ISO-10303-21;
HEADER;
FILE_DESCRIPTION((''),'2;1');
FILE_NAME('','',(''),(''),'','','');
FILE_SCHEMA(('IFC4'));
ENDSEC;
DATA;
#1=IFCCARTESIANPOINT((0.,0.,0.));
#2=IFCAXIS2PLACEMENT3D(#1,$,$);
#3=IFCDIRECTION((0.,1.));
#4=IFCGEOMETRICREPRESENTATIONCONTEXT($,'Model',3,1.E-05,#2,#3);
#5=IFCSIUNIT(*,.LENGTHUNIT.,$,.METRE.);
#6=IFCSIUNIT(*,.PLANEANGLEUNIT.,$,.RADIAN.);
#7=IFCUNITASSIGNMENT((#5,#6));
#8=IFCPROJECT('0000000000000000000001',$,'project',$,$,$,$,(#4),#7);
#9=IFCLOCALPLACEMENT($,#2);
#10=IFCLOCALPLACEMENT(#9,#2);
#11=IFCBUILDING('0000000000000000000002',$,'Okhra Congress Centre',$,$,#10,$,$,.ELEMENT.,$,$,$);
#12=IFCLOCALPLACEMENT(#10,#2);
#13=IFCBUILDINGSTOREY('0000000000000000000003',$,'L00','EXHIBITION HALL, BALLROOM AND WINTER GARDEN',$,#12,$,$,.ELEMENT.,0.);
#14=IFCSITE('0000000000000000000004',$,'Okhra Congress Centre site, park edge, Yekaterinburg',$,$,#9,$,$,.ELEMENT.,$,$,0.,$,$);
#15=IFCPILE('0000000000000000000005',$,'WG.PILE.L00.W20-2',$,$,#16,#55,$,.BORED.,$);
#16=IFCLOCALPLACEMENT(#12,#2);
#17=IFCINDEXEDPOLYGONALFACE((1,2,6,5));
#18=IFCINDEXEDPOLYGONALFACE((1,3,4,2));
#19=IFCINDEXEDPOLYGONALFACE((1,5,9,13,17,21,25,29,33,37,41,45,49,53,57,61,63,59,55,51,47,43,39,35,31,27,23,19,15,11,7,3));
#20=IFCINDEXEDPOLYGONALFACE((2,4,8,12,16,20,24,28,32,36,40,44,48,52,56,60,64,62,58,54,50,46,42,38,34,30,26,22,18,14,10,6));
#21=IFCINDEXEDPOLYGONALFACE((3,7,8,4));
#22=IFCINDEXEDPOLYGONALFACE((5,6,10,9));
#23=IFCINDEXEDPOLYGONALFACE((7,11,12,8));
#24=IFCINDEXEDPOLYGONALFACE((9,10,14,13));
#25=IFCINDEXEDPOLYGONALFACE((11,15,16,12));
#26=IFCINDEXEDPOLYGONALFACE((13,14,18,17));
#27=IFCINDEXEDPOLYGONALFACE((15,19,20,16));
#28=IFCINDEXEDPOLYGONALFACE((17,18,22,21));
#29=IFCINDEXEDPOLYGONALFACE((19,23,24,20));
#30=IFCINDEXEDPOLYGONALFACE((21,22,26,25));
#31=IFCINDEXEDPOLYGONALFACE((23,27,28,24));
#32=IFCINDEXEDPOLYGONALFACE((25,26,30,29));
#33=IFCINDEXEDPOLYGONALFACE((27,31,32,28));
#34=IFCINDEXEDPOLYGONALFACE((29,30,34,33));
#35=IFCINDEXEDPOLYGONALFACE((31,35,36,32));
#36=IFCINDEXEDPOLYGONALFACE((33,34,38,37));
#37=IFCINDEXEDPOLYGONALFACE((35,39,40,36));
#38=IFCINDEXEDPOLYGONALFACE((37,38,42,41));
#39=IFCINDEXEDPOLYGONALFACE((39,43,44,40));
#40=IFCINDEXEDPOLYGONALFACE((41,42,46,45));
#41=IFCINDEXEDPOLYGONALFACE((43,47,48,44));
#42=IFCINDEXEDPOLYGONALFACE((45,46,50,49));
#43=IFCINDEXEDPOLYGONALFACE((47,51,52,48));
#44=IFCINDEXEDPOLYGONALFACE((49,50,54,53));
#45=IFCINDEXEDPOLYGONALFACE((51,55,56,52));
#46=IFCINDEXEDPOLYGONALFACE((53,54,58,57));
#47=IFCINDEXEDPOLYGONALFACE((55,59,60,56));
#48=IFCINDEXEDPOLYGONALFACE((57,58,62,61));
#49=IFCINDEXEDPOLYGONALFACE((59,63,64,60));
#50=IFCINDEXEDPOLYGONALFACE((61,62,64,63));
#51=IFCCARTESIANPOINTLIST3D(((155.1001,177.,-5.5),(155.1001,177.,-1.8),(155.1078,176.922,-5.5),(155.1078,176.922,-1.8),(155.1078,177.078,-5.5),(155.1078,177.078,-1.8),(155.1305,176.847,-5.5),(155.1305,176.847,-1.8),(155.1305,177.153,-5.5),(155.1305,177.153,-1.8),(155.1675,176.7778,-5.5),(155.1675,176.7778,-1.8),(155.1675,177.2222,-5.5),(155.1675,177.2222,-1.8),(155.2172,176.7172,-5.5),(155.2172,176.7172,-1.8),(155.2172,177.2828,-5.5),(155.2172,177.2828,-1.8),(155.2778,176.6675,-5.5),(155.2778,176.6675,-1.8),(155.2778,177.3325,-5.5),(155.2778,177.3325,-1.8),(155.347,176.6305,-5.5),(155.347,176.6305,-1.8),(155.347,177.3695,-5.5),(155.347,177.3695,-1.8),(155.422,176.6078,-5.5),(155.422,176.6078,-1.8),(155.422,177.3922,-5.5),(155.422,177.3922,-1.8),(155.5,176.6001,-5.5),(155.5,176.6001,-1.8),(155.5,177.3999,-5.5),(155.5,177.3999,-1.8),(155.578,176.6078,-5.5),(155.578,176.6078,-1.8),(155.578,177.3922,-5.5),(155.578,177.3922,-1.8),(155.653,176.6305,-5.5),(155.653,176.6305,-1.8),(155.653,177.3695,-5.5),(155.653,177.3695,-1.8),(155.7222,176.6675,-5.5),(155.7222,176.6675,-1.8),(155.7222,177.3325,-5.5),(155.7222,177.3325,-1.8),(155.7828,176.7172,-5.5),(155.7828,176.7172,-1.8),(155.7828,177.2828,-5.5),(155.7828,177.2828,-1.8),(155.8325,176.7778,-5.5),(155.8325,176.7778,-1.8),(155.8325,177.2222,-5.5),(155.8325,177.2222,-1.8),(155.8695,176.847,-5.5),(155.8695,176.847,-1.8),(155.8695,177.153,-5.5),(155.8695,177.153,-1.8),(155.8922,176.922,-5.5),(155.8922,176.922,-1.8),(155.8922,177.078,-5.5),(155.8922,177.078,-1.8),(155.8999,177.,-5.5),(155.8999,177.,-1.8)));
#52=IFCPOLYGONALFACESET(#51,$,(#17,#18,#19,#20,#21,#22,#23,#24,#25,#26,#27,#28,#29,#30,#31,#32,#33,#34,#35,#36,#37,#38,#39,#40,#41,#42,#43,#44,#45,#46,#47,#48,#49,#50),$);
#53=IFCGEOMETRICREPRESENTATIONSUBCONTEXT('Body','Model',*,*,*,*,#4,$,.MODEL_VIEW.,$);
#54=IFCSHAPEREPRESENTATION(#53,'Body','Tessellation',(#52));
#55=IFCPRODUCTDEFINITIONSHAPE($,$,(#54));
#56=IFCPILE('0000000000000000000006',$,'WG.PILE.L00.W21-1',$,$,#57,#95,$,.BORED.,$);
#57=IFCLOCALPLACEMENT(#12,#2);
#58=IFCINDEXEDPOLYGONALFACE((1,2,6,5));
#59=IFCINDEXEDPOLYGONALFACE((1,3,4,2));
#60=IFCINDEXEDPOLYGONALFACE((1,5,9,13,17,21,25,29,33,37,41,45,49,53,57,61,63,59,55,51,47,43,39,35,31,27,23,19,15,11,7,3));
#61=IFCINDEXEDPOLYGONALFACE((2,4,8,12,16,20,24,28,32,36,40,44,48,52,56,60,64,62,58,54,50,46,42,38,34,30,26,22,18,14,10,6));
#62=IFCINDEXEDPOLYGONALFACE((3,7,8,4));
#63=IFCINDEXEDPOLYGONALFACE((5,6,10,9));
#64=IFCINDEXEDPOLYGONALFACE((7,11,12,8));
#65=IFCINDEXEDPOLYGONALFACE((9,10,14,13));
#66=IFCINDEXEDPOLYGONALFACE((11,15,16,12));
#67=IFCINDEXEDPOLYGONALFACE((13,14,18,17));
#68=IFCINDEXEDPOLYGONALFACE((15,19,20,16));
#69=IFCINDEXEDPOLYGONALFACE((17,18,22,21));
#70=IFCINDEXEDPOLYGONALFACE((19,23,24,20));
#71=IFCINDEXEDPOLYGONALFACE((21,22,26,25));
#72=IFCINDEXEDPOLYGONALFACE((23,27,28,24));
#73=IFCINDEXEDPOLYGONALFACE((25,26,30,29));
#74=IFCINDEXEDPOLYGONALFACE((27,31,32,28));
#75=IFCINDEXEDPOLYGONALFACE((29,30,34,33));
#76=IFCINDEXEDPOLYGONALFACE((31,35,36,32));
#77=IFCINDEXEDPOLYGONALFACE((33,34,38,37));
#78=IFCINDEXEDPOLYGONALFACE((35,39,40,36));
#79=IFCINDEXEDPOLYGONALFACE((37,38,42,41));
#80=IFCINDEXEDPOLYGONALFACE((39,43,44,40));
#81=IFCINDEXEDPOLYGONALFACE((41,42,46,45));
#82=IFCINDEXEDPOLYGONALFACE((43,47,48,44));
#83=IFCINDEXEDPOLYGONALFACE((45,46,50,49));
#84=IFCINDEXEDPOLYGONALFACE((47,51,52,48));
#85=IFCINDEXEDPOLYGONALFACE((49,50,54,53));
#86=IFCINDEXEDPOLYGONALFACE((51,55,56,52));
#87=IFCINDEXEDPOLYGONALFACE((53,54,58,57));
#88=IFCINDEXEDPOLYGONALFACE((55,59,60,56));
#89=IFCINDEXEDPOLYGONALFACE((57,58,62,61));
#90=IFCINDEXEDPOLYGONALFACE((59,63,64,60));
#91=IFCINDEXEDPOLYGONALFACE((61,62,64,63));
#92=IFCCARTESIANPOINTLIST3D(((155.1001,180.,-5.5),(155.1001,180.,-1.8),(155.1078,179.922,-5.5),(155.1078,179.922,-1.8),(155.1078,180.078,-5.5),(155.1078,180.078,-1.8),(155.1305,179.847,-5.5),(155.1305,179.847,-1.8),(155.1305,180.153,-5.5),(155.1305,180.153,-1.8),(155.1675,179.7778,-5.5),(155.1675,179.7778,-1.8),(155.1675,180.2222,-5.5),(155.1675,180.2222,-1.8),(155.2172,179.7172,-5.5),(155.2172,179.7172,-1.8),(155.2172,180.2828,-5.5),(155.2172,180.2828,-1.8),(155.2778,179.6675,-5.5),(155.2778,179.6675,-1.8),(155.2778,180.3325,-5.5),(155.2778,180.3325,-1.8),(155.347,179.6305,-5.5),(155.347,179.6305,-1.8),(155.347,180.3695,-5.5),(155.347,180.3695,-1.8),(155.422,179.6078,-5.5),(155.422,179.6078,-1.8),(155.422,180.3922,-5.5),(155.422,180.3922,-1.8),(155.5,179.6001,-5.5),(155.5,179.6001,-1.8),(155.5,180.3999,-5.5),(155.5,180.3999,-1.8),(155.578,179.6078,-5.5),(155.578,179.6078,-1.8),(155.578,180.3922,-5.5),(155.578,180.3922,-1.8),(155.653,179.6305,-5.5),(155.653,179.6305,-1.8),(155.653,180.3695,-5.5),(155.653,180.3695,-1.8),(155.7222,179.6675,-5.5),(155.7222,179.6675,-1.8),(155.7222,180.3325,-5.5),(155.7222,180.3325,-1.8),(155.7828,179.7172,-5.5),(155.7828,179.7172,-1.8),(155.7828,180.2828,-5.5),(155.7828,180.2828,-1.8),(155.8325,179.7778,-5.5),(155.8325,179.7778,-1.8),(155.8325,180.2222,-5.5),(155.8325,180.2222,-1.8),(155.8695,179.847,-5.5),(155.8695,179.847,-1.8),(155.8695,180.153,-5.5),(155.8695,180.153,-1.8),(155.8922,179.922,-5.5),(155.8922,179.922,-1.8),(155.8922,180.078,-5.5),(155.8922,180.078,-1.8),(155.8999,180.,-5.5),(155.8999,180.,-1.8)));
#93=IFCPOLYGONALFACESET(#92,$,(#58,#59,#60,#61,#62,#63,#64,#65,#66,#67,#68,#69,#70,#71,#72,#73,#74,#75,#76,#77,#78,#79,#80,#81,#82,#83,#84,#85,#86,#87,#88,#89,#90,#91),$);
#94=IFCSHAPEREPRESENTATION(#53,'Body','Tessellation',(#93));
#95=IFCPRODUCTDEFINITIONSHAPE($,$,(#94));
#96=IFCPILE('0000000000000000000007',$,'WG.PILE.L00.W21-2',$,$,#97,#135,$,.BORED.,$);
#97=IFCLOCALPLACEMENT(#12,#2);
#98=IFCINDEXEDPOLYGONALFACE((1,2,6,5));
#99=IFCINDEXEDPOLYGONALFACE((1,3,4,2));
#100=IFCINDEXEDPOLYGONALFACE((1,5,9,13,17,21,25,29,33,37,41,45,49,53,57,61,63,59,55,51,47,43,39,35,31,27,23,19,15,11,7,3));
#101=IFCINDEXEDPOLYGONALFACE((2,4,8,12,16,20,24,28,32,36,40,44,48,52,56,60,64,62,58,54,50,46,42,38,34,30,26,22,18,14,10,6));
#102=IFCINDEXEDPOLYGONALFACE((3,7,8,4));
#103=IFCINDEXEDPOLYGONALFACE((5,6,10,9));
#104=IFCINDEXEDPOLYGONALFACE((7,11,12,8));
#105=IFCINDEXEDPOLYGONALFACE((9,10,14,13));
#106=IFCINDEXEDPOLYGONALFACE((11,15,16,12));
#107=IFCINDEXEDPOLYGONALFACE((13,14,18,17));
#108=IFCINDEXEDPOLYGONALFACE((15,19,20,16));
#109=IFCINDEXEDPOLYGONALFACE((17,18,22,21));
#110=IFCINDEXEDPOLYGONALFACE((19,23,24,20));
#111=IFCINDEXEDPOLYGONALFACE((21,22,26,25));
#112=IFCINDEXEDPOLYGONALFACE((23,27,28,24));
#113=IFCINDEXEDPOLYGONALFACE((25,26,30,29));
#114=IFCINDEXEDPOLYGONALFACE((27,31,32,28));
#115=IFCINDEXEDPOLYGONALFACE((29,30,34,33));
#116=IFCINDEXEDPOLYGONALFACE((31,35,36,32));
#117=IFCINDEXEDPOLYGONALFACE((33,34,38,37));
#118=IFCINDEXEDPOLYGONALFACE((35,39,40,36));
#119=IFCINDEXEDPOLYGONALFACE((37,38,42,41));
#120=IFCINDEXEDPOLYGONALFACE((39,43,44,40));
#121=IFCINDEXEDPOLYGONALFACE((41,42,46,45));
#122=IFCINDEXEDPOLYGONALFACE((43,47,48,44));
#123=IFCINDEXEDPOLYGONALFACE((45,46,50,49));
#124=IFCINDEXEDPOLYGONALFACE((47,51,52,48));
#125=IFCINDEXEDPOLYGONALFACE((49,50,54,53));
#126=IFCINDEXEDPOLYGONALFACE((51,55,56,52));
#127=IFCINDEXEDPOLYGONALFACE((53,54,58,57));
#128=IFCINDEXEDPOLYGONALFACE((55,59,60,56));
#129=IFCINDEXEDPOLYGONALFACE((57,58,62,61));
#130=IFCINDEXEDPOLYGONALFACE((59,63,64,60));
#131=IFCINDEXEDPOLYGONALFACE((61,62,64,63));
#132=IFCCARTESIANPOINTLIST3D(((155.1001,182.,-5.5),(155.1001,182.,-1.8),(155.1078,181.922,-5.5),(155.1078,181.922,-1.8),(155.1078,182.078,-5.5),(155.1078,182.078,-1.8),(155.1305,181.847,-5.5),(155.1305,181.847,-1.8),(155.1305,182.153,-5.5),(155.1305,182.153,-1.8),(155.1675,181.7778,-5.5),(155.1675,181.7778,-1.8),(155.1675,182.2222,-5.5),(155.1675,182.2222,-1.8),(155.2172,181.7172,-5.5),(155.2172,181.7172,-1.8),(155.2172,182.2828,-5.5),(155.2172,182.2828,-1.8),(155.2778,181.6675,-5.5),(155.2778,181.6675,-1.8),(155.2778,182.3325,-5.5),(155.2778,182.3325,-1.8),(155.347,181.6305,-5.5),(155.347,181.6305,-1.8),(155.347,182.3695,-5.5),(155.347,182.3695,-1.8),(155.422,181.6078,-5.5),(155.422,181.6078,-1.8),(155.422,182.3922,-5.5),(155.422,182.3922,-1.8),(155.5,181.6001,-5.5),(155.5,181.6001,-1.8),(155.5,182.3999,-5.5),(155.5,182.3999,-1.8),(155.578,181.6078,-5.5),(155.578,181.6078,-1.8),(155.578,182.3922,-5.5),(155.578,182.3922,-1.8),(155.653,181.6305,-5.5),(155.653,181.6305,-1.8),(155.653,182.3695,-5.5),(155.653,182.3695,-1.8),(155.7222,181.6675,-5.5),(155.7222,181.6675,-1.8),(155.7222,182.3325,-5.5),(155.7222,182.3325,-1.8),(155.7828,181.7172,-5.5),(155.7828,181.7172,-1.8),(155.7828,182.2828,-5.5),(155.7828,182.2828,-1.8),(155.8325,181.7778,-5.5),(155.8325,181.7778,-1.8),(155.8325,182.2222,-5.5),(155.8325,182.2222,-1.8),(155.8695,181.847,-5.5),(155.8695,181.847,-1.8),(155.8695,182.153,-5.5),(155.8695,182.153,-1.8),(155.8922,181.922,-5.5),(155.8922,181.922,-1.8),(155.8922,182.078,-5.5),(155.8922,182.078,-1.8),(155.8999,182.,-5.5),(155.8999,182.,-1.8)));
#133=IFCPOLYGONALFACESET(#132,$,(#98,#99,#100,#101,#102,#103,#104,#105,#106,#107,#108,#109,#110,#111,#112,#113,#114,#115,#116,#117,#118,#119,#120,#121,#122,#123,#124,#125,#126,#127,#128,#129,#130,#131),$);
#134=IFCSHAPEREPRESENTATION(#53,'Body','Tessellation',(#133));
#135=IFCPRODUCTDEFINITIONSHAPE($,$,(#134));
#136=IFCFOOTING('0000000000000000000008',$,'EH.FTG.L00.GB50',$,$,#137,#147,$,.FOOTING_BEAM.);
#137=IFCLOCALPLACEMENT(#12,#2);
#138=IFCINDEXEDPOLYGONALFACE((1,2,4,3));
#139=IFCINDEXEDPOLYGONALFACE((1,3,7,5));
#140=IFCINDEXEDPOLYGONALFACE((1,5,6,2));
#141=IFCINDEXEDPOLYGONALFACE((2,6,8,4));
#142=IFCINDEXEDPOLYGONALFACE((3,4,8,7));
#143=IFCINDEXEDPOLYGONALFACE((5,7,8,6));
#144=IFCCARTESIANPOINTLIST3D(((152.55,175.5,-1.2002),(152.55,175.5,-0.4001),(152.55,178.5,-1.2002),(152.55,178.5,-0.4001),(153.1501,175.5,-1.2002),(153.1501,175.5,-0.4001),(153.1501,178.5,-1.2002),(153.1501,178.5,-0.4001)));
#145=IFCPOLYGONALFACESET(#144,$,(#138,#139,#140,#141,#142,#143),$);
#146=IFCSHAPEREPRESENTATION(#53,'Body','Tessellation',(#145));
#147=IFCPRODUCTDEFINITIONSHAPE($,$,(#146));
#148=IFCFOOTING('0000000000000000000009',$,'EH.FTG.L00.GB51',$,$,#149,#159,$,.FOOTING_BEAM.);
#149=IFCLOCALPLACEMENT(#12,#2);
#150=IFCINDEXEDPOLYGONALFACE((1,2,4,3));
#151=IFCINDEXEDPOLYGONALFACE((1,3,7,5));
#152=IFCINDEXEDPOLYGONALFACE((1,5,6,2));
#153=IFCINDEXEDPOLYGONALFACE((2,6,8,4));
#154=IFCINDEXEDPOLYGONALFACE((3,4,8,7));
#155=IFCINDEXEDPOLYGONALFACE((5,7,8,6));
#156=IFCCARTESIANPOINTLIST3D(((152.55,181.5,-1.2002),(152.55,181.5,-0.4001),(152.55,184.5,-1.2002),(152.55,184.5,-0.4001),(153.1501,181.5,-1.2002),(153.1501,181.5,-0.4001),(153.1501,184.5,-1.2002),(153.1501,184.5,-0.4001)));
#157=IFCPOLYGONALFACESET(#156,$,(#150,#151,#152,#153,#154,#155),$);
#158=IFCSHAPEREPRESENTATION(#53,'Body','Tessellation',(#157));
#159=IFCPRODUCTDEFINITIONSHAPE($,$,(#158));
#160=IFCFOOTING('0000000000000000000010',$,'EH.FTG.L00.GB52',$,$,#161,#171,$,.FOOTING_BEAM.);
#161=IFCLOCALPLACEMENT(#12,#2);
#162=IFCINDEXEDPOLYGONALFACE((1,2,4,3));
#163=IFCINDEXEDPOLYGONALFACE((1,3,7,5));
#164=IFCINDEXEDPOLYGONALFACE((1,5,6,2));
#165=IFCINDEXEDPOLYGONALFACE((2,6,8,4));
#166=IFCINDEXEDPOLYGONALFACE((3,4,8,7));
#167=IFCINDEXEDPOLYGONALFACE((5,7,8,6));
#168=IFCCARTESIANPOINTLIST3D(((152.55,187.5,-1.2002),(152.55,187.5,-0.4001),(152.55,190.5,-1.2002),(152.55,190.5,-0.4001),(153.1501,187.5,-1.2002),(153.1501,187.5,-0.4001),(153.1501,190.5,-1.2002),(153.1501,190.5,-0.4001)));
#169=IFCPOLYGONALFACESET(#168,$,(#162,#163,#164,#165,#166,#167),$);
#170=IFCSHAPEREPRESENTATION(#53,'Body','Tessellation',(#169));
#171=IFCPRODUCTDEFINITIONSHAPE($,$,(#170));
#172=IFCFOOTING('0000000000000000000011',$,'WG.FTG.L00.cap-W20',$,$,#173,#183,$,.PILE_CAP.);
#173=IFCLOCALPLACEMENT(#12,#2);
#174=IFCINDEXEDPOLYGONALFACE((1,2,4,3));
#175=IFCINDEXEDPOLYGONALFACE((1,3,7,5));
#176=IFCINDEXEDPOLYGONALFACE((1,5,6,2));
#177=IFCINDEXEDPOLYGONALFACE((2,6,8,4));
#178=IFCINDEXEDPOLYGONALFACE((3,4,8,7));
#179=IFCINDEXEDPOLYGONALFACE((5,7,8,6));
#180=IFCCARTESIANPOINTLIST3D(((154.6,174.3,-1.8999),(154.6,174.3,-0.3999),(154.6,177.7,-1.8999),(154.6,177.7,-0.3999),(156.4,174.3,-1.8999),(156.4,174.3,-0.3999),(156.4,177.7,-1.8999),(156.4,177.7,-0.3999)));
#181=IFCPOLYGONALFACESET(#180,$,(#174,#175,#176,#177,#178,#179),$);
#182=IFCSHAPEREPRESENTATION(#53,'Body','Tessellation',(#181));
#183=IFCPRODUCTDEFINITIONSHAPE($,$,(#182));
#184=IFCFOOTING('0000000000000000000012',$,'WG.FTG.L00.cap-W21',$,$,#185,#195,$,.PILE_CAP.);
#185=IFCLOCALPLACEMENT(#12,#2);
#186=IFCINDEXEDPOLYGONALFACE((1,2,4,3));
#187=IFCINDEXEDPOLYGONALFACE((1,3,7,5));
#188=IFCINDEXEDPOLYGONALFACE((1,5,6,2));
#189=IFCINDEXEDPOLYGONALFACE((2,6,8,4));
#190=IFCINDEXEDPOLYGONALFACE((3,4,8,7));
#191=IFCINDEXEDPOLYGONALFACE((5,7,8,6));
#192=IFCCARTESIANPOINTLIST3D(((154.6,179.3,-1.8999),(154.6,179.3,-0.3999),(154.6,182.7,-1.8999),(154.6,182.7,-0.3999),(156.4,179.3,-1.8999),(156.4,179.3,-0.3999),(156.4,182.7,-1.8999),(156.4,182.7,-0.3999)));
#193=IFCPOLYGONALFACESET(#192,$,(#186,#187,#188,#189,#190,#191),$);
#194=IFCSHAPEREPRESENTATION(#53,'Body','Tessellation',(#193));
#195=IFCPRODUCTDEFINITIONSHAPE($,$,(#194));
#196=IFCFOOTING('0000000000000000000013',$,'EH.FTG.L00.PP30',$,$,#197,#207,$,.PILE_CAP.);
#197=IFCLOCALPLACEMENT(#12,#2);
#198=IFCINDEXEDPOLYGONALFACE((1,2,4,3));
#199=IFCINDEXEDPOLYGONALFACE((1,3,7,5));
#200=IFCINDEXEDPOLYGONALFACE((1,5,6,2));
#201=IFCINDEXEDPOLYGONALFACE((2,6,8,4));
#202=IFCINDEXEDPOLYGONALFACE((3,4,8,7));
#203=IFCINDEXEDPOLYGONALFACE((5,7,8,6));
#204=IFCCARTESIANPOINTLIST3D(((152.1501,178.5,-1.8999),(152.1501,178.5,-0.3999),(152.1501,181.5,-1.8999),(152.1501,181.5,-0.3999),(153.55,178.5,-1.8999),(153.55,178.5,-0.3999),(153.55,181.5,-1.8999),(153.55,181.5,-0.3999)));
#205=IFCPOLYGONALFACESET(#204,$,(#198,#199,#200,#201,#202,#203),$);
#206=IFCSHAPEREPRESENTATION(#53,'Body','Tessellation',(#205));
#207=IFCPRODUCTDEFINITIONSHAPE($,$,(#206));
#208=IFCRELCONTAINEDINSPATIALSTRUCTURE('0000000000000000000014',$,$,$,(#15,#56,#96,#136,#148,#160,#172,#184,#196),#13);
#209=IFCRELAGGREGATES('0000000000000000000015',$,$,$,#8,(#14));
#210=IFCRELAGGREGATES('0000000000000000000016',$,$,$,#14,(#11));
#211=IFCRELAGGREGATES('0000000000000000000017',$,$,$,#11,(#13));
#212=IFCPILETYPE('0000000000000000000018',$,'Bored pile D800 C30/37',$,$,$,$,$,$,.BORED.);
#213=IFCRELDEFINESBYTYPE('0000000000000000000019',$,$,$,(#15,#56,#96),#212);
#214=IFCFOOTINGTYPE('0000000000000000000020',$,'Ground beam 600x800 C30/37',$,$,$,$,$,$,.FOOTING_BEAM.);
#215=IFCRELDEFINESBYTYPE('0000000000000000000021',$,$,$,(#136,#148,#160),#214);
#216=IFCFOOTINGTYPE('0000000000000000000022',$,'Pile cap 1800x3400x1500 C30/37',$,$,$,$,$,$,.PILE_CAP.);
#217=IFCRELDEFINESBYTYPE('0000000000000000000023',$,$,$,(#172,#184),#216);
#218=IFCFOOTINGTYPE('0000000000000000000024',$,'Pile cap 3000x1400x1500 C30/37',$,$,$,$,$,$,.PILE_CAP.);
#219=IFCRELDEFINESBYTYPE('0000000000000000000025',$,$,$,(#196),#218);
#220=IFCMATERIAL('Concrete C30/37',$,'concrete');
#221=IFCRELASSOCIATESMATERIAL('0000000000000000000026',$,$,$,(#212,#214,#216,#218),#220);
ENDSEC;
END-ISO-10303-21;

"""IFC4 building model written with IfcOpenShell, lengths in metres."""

from ifc_helpers import new_model, si_unit, direction, frame, origin, origin_2d, place, context, subcontext, project, spatial, rectangle, circle, extrude, material, material_profile, profile_set, type_object, element, save


model = new_model("IFC4")

# Units and contexts
model_context = context("Model", 3, precision=1e-05, world=origin(), true_north=direction((0.0, 1.0)))
body_context = subcontext(model_context, "Body", "Model", "MODEL_VIEW")
ifc_project = project(units=[si_unit("LENGTHUNIT", "METRE"), si_unit("PLANEANGLEUNIT", "RADIAN")], contexts=[model_context])

# Site, building, storey
site_placement = place(None, origin())
site = spatial("IfcSite", under=ifc_project, at=site_placement, Name="Okhra Congress Centre site, park edge, Yekaterinburg", CompositionType="ELEMENT", RefElevation=0.0)
building_placement = place(site_placement, origin())
building = spatial("IfcBuilding", under=site, at=building_placement, Name="Okhra Congress Centre", CompositionType="ELEMENT")
storey_placement = place(building_placement, origin())
storey = spatial("IfcBuildingStorey", under=building, at=storey_placement, Name="L00", Description="EXHIBITION HALL, BALLROOM AND WINTER GARDEN", CompositionType="ELEMENT", Elevation=0.0)

# Piles
ifc_material_1 = material(Name="Concrete C30/37", Category="concrete")
ifc_material_profile_1 = material_profile(ifc_material_1, circle(Radius=0.3999, at=origin_2d()), Name="D800")
ifc_profile_set_1 = profile_set([ifc_material_profile_1], Name="Concrete C30/37")
pile_type_1 = type_object("IfcPileType", Name="Bored pile D800 C30/37", PredefinedType="BORED", material=ifc_profile_set_1)
for number, where, z_axis, x_axis, name in (
    (1, (155.5, 177.0, -1.8), (0.0, 0.0, -1.0), (1.0, 0.0, 0.0), "WG.PILE.L00.W20-2"),
    (2, (155.5, 180.0, -1.8), (0.0, 0.0, -1.0), (1.0, 0.0, 0.0), "WG.PILE.L00.W21-1"),
    (3, (155.5, 182.0, -1.8), (0.0, 0.0, -1.0), (1.0, 0.0, 0.0), "WG.PILE.L00.W21-2"),
):
    element("IfcPile", number, at=place(storey_placement, frame(where, z_axis=z_axis, x_axis=x_axis)), inside=storey, type_object=pile_type_1, Name=name, PredefinedType="BORED", context=body_context, shape_type="SweptSolid", body=[
        extrude(circle(Radius=0.3999, at=origin_2d()), origin(), (0.0, 0.0, 1.0), 3.7),
    ])

# Footings
footing_type_1 = type_object("IfcFootingType", Name="Ground beam 600x800 C30/37", PredefinedType="FOOTING_BEAM", material=ifc_material_1)
for number, where, z_axis, x_axis, name in (
    (4, (152.8501, 177.0, -1.2002), (0.0, 0.0, 1.0), (0.0, 1.0, 0.0), "EH.FTG.L00.GB50"),
    (5, (152.8501, 183.0, -1.2002), (0.0, 0.0, 1.0), (0.0, 1.0, 0.0), "EH.FTG.L00.GB51"),
    (6, (152.8501, 189.0, -1.2002), (0.0, 0.0, 1.0), (0.0, 1.0, 0.0), "EH.FTG.L00.GB52"),
):
    element("IfcFooting", number, at=place(storey_placement, frame(where, z_axis=z_axis, x_axis=x_axis)), inside=storey, type_object=footing_type_1, Name=name, PredefinedType="FOOTING_BEAM", context=body_context, shape_type="SweptSolid", body=[
        extrude(rectangle(XDim=3.0, YDim=0.6001, at=origin_2d()), origin(), (0.0, 0.0, 1.0), 0.8),
    ])
footing_type_2 = type_object("IfcFootingType", Name="Pile cap 1800x3400x1500 C30/37", PredefinedType="PILE_CAP", material=ifc_material_1)
for number, where, z_axis, x_axis, name in (
    (7, (155.5, 176.0, -1.8999), (0.0, 0.0, 1.0), (1.0, 0.0, 0.0), "WG.FTG.L00.cap-W20"),
    (8, (155.5, 181.0, -1.8999), (0.0, 0.0, 1.0), (1.0, 0.0, 0.0), "WG.FTG.L00.cap-W21"),
):
    element("IfcFooting", number, at=place(storey_placement, frame(where, z_axis=z_axis, x_axis=x_axis)), inside=storey, type_object=footing_type_2, Name=name, PredefinedType="PILE_CAP", context=body_context, shape_type="SweptSolid", body=[
        extrude(rectangle(XDim=1.8, YDim=3.3999, at=origin_2d()), origin(), (0.0, 0.0, 1.0), 1.5),
    ])
footing_type_3 = type_object("IfcFootingType", Name="Pile cap 3000x1400x1500 C30/37", PredefinedType="PILE_CAP", material=ifc_material_1)
for number, where, z_axis, x_axis, name in (
    (9, (152.8501, 180.0, -1.8999), (0.0, 0.0, 1.0), (0.0, 1.0, 0.0), "EH.FTG.L00.PP30"),
):
    element("IfcFooting", number, at=place(storey_placement, frame(where, z_axis=z_axis, x_axis=x_axis)), inside=storey, type_object=footing_type_3, Name=name, PredefinedType="PILE_CAP", context=body_context, shape_type="SweptSolid", body=[
        extrude(rectangle(XDim=3.0, YDim=1.3999, at=origin_2d()), origin(), (0.0, 0.0, 1.0), 1.5),
    ])

save(model, "model.ifc")
